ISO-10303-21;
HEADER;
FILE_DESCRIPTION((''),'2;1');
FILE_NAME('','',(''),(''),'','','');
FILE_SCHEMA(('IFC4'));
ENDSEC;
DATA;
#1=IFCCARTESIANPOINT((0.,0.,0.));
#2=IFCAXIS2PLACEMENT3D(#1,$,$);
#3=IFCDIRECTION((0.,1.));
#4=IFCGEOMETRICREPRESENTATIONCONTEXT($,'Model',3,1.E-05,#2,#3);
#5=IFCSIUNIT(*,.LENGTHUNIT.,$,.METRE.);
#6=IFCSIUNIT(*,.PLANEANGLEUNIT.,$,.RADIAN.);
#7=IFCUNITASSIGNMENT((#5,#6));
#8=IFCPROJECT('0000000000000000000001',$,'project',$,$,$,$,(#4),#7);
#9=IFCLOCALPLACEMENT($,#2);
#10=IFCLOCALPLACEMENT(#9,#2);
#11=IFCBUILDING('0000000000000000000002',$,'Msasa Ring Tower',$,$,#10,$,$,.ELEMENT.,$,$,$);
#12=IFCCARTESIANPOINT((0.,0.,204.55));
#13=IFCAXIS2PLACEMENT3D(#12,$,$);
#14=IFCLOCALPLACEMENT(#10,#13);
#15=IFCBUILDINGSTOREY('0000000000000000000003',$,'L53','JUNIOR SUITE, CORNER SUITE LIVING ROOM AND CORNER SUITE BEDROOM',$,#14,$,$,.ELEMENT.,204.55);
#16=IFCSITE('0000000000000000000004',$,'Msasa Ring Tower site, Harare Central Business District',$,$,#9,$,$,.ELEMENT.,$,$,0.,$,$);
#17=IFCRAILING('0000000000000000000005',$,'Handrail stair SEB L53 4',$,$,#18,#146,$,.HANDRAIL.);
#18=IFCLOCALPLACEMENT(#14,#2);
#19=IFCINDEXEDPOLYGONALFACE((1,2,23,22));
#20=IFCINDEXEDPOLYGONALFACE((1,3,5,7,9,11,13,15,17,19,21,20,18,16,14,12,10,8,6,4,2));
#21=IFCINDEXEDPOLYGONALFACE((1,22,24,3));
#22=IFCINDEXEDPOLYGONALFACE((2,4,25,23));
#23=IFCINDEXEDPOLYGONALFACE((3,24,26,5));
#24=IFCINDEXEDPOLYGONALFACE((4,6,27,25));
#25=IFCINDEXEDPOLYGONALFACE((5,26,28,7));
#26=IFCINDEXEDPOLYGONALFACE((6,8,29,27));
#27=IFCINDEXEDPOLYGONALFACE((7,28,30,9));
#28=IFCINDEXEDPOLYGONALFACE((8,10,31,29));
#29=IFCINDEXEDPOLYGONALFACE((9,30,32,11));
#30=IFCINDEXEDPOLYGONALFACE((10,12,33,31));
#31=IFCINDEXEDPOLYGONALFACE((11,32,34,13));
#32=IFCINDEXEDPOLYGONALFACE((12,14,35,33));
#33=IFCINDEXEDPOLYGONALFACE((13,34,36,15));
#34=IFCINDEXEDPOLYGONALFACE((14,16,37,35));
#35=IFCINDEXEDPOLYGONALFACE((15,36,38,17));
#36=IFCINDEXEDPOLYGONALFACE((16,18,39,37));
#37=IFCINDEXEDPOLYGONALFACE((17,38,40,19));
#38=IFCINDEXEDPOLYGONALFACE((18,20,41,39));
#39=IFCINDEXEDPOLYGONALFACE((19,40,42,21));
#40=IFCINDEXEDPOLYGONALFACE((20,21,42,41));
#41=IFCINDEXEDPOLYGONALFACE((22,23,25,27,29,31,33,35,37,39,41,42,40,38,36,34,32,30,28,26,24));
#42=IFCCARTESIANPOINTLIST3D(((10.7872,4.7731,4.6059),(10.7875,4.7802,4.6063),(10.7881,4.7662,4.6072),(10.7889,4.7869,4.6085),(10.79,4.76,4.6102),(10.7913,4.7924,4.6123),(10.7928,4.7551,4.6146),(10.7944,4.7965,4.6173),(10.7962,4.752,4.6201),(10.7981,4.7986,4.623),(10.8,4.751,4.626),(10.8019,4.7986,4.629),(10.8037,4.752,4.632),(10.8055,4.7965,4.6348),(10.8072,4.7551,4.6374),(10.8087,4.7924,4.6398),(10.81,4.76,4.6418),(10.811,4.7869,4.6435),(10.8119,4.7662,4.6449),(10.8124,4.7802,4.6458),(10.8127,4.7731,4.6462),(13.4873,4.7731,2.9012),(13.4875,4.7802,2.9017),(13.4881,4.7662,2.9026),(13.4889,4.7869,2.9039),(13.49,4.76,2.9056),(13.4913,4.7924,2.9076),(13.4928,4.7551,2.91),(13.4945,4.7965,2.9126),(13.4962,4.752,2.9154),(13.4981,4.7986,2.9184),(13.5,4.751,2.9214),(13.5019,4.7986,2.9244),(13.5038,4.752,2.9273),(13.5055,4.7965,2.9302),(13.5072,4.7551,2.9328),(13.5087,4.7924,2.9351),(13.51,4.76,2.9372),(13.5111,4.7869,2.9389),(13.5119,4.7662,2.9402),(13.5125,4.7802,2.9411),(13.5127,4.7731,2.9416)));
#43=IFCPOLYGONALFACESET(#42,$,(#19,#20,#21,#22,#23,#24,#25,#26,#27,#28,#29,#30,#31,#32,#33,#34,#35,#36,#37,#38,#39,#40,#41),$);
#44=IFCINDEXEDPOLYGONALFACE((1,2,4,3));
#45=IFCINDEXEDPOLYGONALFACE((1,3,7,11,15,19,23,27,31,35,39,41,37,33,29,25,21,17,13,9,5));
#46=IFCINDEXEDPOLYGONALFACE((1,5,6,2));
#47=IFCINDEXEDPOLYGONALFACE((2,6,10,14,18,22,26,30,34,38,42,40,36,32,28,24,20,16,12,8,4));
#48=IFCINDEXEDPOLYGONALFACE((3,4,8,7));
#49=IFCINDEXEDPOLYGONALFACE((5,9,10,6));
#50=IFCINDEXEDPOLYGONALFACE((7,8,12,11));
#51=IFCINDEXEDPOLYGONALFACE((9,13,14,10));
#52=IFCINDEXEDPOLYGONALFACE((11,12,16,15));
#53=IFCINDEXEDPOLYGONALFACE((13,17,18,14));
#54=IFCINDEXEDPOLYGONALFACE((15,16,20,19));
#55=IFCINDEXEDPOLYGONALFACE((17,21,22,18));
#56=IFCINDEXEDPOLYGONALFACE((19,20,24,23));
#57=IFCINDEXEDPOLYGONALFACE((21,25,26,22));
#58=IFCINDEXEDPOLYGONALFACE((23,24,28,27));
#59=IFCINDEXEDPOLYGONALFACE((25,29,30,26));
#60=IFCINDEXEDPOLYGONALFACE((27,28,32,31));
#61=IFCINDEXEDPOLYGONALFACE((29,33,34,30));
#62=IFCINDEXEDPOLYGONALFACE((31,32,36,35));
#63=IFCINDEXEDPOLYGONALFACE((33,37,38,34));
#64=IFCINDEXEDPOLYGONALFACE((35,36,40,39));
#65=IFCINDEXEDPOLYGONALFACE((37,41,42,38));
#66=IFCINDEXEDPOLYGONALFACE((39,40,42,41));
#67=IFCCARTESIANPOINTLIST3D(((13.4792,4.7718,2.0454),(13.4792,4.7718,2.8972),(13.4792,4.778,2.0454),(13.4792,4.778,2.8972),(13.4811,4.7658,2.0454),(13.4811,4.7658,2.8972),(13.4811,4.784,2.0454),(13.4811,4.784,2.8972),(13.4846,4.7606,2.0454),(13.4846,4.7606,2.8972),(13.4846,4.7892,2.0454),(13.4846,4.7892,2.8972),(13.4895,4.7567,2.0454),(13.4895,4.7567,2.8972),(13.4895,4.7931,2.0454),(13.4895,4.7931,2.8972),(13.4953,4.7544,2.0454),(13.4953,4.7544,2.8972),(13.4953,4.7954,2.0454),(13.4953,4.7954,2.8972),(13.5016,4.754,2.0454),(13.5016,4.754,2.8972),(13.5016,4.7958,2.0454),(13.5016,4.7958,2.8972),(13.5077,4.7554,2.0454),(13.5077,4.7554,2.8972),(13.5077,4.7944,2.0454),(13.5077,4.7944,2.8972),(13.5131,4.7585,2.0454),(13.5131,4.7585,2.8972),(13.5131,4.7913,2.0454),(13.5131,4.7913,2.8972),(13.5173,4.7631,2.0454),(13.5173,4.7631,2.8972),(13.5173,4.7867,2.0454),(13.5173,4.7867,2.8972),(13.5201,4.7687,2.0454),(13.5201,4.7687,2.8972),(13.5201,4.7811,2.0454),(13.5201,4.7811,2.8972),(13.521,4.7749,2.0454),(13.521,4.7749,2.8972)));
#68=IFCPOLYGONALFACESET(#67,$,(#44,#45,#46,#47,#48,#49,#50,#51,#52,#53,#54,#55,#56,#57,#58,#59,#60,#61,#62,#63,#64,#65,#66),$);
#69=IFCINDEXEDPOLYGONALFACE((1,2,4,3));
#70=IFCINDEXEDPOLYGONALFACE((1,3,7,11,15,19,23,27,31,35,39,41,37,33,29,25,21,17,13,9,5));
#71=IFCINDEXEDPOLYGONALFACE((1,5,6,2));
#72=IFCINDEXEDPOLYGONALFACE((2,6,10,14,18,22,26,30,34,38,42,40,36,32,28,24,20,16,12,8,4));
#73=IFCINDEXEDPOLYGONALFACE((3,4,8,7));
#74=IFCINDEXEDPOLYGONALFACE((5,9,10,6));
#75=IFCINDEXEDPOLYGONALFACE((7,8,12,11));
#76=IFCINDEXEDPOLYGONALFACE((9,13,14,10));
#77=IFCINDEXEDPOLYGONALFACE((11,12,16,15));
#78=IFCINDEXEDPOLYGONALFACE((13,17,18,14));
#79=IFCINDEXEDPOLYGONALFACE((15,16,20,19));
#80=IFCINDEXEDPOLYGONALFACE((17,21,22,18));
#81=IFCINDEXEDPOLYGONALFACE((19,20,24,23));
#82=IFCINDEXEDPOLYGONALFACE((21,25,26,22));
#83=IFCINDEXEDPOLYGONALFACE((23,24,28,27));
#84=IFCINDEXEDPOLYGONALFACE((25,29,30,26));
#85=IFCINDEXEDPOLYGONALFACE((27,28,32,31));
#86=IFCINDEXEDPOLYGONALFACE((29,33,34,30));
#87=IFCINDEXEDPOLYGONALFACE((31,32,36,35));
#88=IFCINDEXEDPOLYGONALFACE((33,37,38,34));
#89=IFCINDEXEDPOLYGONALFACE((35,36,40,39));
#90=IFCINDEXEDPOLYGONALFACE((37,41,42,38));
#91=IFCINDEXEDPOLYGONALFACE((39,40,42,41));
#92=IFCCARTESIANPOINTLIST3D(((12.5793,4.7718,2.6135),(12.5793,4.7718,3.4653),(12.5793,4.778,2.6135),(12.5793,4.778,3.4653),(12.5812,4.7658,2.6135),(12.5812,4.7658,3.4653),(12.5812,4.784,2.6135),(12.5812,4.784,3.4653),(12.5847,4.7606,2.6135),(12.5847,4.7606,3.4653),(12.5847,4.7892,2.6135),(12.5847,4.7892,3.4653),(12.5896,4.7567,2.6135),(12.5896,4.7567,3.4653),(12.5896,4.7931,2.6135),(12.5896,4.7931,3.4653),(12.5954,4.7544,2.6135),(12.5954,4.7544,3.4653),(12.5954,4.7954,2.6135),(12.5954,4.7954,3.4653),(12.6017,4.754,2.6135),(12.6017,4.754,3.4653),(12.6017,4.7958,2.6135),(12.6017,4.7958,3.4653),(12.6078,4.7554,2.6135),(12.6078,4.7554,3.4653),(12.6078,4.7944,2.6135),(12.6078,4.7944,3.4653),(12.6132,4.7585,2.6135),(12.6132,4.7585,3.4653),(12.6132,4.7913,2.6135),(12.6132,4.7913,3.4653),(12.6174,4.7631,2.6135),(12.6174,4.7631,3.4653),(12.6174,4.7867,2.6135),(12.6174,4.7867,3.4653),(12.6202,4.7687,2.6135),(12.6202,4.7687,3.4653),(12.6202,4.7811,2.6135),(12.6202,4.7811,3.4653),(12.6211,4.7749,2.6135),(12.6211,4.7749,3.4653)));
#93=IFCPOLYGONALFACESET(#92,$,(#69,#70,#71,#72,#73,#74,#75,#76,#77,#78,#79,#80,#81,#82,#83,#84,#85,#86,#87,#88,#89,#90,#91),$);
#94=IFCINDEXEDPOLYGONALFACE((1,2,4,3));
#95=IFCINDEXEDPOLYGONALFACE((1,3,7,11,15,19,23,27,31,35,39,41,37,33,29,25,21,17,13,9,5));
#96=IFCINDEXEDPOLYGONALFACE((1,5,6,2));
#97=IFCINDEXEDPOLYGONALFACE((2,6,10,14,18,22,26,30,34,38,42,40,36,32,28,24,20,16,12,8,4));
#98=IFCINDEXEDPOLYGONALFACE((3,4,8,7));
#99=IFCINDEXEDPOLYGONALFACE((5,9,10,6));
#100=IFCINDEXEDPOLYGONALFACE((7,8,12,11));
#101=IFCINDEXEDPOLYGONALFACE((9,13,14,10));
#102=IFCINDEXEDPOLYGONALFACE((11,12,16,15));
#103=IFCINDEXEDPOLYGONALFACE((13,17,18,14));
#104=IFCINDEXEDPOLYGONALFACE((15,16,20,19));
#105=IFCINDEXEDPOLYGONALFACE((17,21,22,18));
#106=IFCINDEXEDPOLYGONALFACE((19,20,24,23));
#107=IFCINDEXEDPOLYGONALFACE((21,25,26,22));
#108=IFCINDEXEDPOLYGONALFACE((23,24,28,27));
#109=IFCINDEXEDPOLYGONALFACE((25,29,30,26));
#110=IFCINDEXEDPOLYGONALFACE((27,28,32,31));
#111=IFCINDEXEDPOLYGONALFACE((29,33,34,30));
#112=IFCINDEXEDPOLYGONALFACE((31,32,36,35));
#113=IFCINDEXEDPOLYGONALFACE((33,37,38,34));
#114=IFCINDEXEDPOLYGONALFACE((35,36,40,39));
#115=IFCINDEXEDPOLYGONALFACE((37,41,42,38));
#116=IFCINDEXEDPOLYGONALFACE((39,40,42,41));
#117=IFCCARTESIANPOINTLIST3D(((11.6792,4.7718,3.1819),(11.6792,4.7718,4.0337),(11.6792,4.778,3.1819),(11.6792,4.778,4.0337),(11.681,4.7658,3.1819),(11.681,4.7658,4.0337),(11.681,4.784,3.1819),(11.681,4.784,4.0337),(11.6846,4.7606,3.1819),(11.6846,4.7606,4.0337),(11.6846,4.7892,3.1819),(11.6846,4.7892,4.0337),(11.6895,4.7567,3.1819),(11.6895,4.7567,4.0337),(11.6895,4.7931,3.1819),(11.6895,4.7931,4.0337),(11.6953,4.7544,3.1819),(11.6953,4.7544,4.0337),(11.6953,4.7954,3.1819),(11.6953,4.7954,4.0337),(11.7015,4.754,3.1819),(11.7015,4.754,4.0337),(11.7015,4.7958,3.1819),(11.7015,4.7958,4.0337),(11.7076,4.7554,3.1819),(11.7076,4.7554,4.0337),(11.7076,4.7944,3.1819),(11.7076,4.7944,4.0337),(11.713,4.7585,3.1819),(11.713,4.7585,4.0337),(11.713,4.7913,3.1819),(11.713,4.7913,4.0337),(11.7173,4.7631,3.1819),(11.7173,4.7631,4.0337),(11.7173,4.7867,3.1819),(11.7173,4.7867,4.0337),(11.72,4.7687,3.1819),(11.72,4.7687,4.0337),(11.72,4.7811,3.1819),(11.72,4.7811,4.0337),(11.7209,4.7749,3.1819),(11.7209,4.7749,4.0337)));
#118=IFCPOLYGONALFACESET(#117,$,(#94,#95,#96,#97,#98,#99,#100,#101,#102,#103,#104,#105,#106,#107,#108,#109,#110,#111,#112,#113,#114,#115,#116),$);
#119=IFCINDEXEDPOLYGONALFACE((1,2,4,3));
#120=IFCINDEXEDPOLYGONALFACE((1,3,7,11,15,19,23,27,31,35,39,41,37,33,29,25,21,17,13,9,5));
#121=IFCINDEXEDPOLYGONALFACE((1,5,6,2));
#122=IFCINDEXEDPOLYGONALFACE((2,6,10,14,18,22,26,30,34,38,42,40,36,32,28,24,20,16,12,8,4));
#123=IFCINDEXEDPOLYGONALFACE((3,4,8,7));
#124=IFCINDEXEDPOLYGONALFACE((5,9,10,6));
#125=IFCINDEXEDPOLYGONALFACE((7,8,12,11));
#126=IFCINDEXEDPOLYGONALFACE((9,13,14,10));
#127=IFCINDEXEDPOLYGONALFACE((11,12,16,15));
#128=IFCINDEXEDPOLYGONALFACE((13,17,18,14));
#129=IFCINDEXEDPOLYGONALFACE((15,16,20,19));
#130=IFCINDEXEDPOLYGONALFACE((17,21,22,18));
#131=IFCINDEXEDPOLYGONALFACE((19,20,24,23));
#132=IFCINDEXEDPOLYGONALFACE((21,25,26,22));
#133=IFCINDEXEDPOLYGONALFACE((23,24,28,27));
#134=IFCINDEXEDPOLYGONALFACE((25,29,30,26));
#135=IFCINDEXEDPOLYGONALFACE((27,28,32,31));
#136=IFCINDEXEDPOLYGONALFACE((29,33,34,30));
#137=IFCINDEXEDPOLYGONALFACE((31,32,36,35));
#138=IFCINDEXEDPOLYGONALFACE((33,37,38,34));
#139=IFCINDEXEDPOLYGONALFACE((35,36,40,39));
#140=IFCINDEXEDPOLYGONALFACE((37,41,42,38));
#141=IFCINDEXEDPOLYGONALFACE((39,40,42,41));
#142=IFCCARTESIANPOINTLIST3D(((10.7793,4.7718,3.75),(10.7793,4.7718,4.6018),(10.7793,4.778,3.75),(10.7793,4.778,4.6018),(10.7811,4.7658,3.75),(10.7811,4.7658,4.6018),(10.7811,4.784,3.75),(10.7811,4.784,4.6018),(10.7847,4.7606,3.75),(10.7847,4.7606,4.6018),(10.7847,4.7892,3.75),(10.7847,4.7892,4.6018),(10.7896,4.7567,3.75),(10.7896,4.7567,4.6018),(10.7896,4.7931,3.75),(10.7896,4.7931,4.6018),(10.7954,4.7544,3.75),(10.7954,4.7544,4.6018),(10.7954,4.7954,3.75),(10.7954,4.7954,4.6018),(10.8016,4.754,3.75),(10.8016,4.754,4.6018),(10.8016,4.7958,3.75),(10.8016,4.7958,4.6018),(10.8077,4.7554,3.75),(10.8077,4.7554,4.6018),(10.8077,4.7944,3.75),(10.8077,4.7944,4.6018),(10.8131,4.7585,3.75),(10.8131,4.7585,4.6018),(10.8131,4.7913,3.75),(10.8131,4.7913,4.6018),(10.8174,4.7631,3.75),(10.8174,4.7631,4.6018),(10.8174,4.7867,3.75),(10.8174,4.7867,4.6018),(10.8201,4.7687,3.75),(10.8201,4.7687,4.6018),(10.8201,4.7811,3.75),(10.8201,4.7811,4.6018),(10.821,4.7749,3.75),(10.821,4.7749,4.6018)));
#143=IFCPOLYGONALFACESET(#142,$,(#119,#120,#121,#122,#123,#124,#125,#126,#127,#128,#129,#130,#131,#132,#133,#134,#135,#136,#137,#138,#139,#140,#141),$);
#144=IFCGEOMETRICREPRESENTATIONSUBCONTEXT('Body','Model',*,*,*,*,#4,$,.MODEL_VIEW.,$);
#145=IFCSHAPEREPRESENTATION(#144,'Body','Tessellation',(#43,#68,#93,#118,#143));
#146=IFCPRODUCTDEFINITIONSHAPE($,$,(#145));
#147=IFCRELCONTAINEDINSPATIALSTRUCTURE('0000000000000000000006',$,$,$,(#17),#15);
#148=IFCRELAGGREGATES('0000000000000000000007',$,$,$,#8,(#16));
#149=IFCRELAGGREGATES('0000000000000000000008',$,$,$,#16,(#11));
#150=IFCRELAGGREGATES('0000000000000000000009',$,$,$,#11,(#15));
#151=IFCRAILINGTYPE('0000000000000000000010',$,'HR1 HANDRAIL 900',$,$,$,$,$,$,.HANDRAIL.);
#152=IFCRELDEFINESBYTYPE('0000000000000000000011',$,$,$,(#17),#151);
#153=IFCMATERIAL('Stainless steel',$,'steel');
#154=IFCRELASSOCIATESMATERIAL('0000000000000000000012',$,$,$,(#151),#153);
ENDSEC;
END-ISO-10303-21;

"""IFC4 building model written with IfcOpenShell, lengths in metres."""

from ifc_helpers import new_model, si_unit, direction, frame, origin, origin_2d, place, context, subcontext, project, spatial, circle, extrude, material, type_object, element, save


model = new_model("IFC4")

# Units and contexts
model_context = context("Model", 3, precision=1e-05, world=origin(), true_north=direction((0.0, 1.0)))
body_context = subcontext(model_context, "Body", "Model", "MODEL_VIEW")
ifc_project = project(units=[si_unit("LENGTHUNIT", "METRE"), si_unit("PLANEANGLEUNIT", "RADIAN")], contexts=[model_context])

# Site, building, storey
site_placement = place(None, origin())
site = spatial("IfcSite", under=ifc_project, at=site_placement, Name="Msasa Ring Tower site, Harare Central Business District", CompositionType="ELEMENT", RefElevation=0.0)
building_placement = place(site_placement, origin())
building = spatial("IfcBuilding", under=site, at=building_placement, Name="Msasa Ring Tower", CompositionType="ELEMENT")
storey_placement = place(building_placement, frame((0.0, 0.0, 204.55)))
storey = spatial("IfcBuildingStorey", under=building, at=storey_placement, Name="L53", Description="JUNIOR SUITE, CORNER SUITE LIVING ROOM AND CORNER SUITE BEDROOM", CompositionType="ELEMENT", Elevation=204.55)

# Railing
ifc_material_1 = material(Name="Stainless steel", Category="steel")
railing_type = type_object("IfcRailingType", Name="HR1 HANDRAIL 900", PredefinedType="HANDRAIL", material=ifc_material_1)
for number, where, name in (
    (1, (13.5, 4.7749, 2.0454), "Handrail stair SEB L53 4"),
):
    element("IfcRailing", number, at=place(storey_placement, frame(where)), inside=storey, type_object=railing_type, Name=name, PredefinedType="HANDRAIL", context=body_context, shape_type="SweptSolid", body=[
        extrude(circle(Radius=0.0239, at=origin_2d()), frame((0.0, 0.0, 0.876), z_axis=(-0.84558, 0.0, 0.533849), x_axis=(0.0, -1.0, 0.0)), (0.0, 0.0, 1.0), 3.1931),
        extrude(circle(Radius=0.021, at=origin_2d()), origin(), (0.0, 0.0, 1.0), 0.8518),
        extrude(circle(Radius=0.021, at=origin_2d()), frame((-0.8999, 0.0, 0.5681)), (0.0, 0.0, 1.0), 0.8518),
        extrude(circle(Radius=0.021, at=origin_2d()), frame((-1.8, 0.0, 1.1365)), (0.0, 0.0, 1.0), 0.8518),
        extrude(circle(Radius=0.021, at=origin_2d()), frame((-2.7, 0.0, 1.7046)), (0.0, 0.0, 1.0), 0.8518),
    ])

save(model, "model.ifc")
